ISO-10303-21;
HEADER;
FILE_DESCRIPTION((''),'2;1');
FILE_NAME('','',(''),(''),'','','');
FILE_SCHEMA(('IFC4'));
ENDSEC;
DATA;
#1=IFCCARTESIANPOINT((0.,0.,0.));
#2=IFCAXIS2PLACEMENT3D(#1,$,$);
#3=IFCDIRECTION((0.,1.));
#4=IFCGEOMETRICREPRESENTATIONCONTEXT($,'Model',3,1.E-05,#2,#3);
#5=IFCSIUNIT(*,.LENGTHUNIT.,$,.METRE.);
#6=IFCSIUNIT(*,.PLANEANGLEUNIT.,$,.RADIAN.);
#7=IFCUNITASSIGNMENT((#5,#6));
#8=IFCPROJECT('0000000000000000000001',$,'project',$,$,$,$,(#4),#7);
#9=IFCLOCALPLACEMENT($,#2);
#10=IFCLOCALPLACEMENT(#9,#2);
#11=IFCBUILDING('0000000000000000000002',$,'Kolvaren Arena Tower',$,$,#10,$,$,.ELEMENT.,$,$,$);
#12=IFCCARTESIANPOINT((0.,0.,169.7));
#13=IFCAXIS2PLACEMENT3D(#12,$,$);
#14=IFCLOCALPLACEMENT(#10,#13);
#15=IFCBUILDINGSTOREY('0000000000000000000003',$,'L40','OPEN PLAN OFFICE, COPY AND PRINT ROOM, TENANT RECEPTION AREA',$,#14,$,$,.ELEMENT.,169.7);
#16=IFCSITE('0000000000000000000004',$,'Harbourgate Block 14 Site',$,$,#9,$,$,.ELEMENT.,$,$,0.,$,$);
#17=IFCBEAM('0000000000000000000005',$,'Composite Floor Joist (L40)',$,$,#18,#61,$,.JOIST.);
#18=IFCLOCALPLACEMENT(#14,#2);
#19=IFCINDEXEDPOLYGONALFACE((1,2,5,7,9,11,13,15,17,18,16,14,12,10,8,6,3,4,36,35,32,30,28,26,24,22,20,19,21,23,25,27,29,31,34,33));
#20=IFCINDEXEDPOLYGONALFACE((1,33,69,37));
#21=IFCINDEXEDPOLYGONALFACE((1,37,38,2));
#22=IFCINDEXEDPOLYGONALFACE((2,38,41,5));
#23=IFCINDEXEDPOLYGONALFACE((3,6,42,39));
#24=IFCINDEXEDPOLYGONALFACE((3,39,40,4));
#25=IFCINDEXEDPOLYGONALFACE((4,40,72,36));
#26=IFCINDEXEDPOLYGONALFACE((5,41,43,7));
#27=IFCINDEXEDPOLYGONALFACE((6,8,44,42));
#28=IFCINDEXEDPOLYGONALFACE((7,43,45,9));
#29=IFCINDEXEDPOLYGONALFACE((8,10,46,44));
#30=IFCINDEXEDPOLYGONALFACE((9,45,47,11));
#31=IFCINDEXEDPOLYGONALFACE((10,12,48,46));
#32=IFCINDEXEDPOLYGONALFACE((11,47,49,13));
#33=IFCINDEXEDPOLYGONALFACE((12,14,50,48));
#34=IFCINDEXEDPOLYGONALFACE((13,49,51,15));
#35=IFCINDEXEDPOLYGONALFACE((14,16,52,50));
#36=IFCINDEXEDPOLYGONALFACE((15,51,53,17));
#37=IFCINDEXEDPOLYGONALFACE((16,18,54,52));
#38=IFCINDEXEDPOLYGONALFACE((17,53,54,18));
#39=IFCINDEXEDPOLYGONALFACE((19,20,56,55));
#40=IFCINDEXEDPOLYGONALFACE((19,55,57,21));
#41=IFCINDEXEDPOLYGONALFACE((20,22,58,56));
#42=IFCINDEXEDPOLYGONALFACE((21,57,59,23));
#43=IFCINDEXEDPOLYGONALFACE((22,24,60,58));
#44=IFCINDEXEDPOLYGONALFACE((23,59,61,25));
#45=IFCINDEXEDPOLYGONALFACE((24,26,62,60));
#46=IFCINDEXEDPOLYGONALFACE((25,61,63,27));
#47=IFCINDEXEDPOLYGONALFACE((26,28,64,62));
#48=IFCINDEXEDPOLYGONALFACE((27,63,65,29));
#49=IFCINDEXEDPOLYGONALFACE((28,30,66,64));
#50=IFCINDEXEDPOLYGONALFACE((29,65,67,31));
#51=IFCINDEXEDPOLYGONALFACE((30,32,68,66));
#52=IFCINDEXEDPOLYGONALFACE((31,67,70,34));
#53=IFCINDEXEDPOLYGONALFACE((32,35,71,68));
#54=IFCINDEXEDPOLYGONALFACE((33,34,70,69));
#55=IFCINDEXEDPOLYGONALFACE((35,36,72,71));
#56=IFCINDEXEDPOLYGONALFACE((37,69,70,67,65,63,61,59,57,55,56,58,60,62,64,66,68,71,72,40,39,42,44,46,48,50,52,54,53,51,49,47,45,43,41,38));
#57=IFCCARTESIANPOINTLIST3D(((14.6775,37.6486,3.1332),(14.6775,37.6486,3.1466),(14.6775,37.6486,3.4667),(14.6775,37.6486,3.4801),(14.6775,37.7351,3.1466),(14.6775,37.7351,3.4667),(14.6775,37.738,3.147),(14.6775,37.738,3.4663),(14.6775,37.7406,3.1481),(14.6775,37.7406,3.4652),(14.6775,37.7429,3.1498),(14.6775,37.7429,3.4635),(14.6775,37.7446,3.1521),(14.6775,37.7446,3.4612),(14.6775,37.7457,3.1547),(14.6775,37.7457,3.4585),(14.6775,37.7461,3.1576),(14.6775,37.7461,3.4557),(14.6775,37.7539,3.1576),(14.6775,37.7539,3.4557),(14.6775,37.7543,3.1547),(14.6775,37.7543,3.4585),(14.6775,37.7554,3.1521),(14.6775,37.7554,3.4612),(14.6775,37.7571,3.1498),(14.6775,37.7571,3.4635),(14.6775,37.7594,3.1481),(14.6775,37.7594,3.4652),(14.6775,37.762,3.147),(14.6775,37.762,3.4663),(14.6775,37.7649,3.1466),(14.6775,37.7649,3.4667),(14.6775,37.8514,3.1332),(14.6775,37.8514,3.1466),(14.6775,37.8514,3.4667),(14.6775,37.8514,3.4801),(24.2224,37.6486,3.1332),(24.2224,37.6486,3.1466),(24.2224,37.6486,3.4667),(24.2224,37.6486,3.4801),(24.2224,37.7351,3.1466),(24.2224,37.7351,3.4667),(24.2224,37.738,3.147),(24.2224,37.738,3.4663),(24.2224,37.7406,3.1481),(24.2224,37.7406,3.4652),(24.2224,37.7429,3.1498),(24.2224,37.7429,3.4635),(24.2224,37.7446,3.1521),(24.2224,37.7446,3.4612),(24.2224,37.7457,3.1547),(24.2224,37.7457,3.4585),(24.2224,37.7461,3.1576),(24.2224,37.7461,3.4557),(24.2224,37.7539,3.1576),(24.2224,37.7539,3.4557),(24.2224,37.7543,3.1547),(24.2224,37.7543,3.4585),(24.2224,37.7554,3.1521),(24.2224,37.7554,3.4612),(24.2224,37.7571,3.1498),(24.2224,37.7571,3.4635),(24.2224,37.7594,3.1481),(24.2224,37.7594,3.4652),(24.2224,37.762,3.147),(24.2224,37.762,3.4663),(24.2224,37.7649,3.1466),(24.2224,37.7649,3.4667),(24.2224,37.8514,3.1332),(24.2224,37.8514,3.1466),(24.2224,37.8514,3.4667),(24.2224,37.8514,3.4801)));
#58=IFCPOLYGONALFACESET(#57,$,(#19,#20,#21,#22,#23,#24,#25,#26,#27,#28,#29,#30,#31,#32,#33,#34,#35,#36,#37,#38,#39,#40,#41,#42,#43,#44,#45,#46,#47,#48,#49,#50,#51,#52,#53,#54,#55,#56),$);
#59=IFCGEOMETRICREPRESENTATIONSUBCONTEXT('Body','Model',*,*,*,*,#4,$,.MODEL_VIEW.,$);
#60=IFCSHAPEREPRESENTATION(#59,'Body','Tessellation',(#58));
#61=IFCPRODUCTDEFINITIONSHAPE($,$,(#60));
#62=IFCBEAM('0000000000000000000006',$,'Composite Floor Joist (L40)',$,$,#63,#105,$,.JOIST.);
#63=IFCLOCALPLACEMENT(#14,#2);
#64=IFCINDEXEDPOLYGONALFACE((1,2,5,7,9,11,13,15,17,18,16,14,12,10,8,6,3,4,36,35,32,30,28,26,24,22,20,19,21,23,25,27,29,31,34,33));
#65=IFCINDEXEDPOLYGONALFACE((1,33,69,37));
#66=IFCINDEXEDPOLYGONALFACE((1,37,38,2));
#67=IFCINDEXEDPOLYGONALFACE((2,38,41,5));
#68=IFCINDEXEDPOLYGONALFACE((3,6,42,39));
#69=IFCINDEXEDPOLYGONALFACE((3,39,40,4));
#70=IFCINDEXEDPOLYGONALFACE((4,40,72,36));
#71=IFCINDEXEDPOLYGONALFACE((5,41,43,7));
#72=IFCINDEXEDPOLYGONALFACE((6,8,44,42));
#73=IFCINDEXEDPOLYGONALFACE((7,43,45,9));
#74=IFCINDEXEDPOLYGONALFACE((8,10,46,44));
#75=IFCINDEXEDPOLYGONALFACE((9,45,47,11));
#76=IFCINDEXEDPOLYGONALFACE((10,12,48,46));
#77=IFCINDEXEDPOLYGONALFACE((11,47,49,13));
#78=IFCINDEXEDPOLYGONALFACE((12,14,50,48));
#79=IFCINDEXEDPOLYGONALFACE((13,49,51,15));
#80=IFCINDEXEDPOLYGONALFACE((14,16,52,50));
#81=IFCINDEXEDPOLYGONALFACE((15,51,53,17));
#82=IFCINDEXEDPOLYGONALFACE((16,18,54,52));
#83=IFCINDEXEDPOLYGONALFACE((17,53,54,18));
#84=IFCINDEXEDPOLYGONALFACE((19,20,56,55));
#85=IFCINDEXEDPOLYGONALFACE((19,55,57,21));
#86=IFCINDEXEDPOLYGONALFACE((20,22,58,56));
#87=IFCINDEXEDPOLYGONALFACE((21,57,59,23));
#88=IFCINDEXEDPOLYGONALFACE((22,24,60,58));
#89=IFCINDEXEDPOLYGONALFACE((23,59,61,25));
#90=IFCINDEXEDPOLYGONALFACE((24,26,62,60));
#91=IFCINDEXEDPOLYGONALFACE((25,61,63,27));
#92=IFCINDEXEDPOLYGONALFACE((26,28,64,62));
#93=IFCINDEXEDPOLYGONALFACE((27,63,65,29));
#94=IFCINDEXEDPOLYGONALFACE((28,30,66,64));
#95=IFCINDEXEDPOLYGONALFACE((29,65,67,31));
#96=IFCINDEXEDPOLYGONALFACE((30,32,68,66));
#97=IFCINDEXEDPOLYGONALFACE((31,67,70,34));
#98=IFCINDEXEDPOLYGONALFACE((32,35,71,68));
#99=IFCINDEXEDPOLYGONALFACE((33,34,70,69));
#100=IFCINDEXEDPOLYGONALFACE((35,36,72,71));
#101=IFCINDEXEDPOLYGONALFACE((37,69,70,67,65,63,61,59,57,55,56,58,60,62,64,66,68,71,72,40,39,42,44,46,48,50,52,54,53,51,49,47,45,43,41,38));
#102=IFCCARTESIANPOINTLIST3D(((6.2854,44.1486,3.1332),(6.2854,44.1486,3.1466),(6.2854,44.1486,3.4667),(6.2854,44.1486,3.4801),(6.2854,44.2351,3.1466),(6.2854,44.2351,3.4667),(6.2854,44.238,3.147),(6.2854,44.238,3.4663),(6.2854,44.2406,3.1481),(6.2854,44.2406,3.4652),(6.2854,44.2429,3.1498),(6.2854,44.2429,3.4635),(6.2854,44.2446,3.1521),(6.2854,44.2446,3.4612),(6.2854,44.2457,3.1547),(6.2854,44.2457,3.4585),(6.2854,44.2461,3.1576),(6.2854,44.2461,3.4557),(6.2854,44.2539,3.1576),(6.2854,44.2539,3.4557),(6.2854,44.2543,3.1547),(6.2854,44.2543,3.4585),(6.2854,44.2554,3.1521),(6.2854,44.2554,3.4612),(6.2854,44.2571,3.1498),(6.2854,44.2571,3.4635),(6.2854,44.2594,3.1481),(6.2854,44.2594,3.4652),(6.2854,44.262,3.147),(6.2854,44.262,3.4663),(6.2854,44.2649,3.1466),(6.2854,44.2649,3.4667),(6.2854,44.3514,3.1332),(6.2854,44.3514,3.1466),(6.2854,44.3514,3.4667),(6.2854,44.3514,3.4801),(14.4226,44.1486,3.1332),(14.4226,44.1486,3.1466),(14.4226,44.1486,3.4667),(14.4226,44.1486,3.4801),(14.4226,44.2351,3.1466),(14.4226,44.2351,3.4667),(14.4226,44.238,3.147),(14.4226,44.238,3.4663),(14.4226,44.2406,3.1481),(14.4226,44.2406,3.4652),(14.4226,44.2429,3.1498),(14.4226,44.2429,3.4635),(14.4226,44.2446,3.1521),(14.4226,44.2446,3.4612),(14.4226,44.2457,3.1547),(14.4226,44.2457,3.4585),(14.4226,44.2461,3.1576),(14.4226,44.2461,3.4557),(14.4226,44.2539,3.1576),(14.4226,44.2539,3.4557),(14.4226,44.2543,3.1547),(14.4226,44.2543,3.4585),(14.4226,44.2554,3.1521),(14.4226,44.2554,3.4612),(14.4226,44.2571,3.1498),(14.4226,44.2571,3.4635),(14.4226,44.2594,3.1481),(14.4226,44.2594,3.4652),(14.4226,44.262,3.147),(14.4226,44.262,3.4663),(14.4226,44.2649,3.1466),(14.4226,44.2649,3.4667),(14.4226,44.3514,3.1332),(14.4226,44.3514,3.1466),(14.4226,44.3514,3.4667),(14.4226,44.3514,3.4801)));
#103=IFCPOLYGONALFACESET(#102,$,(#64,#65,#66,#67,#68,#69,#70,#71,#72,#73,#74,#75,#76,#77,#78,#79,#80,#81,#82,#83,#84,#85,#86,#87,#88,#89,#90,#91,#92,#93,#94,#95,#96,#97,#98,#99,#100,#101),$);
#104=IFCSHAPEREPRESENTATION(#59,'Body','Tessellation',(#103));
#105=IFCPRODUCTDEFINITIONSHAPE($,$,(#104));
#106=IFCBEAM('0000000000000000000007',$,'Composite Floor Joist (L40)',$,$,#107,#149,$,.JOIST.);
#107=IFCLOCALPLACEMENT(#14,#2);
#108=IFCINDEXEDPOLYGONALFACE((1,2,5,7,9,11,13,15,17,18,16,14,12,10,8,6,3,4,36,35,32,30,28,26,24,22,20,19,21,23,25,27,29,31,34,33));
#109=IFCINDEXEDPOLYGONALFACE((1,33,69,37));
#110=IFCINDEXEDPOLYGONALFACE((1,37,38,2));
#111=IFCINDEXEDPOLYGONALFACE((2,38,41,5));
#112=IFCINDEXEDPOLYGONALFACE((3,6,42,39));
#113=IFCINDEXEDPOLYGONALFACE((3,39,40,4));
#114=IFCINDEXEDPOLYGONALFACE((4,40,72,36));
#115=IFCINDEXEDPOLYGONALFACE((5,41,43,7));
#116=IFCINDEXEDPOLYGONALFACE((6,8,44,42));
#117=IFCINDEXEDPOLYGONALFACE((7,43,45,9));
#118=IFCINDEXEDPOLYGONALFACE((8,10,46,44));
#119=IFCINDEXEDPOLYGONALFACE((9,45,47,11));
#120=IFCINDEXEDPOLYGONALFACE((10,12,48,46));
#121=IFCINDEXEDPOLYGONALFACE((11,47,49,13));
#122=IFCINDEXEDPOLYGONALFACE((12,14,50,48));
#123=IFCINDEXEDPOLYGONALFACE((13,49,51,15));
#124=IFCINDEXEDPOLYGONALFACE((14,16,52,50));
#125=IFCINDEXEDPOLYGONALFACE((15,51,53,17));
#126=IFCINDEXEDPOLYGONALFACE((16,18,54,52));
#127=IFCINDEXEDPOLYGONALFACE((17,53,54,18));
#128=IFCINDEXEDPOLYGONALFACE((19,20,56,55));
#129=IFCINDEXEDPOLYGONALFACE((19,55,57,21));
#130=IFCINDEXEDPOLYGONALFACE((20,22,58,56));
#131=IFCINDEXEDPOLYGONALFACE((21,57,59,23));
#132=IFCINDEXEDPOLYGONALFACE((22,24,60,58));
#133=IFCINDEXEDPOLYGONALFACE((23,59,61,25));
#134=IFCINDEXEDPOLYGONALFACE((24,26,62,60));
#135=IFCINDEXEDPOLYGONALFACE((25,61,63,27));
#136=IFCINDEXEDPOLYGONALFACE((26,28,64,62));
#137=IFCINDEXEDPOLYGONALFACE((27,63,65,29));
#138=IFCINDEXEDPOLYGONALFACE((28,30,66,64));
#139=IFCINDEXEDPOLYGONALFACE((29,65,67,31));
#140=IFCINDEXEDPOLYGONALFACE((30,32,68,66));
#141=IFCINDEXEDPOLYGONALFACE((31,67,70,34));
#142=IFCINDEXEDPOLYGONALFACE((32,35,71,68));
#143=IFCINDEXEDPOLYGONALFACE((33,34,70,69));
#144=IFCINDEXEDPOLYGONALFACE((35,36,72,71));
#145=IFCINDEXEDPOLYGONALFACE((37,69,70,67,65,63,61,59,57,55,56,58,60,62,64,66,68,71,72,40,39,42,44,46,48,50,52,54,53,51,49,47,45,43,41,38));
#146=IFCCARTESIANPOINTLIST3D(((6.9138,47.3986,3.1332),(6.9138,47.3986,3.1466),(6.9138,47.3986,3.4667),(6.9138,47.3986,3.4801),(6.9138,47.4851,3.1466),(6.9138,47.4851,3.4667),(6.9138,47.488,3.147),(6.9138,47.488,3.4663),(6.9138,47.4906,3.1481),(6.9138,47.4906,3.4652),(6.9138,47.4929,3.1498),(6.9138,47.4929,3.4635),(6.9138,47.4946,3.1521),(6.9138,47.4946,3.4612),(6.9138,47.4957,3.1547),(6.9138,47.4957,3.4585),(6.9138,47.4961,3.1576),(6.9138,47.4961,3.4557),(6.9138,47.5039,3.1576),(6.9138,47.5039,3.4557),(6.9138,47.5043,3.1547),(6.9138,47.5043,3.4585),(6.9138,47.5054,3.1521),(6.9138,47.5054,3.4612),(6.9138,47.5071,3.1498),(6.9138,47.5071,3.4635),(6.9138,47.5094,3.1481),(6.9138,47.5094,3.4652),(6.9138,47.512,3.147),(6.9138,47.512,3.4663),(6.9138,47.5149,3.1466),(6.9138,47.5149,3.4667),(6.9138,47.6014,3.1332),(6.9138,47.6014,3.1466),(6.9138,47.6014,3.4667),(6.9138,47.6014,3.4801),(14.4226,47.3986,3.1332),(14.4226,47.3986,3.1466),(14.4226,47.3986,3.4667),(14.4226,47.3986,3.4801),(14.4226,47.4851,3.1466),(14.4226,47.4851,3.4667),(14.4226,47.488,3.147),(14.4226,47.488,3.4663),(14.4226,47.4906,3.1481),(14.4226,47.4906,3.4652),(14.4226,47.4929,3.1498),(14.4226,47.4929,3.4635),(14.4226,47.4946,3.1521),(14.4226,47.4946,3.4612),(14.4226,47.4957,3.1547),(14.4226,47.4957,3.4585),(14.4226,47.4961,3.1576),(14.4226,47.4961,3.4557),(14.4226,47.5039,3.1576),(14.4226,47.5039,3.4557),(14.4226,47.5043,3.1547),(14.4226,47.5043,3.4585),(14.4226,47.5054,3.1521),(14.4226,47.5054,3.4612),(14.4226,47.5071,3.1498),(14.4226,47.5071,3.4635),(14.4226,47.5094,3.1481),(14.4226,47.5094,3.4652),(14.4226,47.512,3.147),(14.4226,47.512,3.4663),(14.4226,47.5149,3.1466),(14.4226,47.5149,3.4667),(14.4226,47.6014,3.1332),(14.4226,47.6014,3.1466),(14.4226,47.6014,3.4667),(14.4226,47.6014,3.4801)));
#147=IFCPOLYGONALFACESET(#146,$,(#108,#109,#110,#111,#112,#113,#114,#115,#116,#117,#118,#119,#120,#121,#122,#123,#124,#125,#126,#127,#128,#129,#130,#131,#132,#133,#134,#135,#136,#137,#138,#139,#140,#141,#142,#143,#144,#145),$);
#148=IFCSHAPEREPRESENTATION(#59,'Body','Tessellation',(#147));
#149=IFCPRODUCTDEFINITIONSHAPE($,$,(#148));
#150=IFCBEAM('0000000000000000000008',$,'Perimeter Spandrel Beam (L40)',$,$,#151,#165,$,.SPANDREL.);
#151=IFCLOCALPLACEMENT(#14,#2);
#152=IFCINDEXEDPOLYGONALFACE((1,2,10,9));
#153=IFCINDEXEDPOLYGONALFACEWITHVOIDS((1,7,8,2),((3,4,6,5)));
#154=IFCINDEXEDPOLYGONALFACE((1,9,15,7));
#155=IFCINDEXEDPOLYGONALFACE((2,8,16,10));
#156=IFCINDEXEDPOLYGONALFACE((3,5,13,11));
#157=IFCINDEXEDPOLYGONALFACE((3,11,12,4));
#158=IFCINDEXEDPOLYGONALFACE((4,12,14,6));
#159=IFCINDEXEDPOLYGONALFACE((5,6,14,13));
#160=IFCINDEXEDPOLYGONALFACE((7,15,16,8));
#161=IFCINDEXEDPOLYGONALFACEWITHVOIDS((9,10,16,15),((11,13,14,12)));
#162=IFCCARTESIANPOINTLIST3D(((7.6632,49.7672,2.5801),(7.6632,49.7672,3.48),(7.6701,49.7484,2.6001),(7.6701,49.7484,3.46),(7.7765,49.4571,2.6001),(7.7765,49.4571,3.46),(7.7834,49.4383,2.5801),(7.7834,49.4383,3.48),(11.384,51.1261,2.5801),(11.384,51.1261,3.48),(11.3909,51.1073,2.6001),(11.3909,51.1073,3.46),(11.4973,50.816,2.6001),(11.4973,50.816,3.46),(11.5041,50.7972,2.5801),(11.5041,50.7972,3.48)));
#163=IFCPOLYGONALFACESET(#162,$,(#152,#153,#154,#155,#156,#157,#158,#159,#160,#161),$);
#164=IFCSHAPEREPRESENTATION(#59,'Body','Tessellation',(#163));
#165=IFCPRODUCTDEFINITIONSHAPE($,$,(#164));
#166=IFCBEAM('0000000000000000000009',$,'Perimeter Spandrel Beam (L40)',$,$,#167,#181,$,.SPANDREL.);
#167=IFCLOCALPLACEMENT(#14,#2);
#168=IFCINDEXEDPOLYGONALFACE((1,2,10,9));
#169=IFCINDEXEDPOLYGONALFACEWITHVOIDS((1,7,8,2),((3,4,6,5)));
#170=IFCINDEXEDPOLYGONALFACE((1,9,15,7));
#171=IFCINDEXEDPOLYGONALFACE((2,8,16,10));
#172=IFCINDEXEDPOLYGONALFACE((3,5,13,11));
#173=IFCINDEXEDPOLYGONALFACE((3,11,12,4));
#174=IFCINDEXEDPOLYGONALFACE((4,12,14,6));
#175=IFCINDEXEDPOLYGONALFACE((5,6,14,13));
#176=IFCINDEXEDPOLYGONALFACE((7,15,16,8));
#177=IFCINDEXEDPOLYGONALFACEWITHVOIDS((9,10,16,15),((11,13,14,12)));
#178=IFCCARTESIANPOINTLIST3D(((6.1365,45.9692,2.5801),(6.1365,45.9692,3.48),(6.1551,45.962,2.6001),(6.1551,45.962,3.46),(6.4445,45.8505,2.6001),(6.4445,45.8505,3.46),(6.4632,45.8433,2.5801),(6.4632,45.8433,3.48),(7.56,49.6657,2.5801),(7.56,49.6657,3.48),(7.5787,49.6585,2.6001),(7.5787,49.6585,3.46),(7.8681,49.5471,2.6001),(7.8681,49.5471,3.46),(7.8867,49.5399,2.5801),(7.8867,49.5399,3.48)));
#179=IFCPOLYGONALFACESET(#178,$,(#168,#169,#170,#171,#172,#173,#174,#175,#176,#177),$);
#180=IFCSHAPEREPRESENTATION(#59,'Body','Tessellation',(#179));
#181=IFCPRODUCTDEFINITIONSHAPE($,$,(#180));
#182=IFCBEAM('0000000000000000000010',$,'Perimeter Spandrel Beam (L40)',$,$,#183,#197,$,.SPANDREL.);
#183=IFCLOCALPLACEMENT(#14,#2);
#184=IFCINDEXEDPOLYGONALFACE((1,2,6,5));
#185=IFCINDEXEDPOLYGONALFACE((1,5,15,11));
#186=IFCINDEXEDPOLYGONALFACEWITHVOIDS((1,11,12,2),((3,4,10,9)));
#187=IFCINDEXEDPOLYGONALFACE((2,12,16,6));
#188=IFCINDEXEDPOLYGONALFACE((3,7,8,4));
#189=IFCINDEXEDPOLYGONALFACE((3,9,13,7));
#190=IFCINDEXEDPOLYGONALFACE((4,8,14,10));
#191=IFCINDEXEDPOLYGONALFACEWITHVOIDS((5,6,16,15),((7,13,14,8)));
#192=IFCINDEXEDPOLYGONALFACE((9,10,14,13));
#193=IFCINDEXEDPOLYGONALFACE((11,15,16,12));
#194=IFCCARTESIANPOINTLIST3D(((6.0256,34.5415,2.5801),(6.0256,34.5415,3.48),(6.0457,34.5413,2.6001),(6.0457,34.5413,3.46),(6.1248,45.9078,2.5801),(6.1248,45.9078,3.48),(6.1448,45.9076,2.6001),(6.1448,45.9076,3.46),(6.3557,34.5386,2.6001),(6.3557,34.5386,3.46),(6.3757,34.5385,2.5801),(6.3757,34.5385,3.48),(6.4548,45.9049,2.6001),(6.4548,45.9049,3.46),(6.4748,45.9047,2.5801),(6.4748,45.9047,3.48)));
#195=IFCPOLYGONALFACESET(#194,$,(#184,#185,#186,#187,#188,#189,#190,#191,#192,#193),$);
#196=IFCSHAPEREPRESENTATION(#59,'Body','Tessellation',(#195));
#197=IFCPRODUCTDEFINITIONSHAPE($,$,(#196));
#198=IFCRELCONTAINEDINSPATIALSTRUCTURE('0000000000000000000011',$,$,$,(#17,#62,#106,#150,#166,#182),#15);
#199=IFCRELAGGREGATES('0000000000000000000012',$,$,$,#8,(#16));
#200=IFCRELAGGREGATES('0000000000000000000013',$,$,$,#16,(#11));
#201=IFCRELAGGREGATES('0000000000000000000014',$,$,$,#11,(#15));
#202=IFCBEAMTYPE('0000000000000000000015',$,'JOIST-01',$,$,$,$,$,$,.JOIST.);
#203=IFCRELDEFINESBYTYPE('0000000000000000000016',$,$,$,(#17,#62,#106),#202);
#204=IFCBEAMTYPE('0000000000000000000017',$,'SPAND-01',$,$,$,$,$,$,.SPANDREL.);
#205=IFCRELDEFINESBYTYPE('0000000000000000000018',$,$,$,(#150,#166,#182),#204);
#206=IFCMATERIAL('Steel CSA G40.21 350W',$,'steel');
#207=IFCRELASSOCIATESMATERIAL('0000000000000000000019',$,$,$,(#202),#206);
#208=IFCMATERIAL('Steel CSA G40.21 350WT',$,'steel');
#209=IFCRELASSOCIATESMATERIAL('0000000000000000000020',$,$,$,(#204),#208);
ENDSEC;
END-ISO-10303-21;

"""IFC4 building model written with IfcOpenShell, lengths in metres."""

from ifc_helpers import new_model, si_unit, direction, frame, origin, origin_2d, place, context, subcontext, project, spatial, hollow_rectangle, i_section, extrude, material, material_profile, profile_set, type_object, element, save


model = new_model("IFC4")

# Units and contexts
model_context = context("Model", 3, precision=1e-05, world=origin(), true_north=direction((0.0, 1.0)))
body_context = subcontext(model_context, "Body", "Model", "MODEL_VIEW")
ifc_project = project(units=[si_unit("LENGTHUNIT", "METRE"), si_unit("PLANEANGLEUNIT", "RADIAN")], contexts=[model_context])

# Site, building, storey
site_placement = place(None, origin())
site = spatial("IfcSite", under=ifc_project, at=site_placement, Name="Harbourgate Block 14 Site", CompositionType="ELEMENT", RefElevation=0.0)
building_placement = place(site_placement, origin())
building = spatial("IfcBuilding", under=site, at=building_placement, Name="Kolvaren Arena Tower", CompositionType="ELEMENT")
storey_placement = place(building_placement, frame((0.0, 0.0, 169.7)))
storey = spatial("IfcBuildingStorey", under=building, at=storey_placement, Name="L40", Description="OPEN PLAN OFFICE, COPY AND PRINT ROOM, TENANT RECEPTION AREA", CompositionType="ELEMENT", Elevation=169.7)

# Beams
ifc_material_1 = material(Name="Steel CSA G40.21 350W", Category="steel")
ifc_material_profile_1 = material_profile(ifc_material_1, i_section(OverallWidth=0.2029, OverallDepth=0.3469, WebThickness=0.0078, FlangeThickness=0.0134, FilletRadius=0.011, at=origin_2d()), Name="W360x64")
ifc_profile_set_1 = profile_set([ifc_material_profile_1], Name="Steel CSA G40.21 350W")
beam_type_1 = type_object("IfcBeamType", Name="JOIST-01", PredefinedType="JOIST", material=ifc_profile_set_1)
beam_1_placement = place(storey_placement, frame((14.6775, 37.75, 3.3066), z_axis=(1.0, 0.0, 0.0), x_axis=(0.0, 1.0, 0.0)))
element("IfcBeam", 1, at=beam_1_placement, inside=storey, type_object=beam_type_1, Name="Composite Floor Joist (L40)", PredefinedType="JOIST", context=body_context, shape_type="SweptSolid", body=[
    extrude(i_section(OverallWidth=0.2029, OverallDepth=0.3469, WebThickness=0.0078, FlangeThickness=0.0134, FilletRadius=0.011, at=origin_2d()), origin(), (0.0, 0.0, 1.0), 9.5449),
])
beam_2_placement = place(storey_placement, frame((6.2854, 44.25, 3.3066), z_axis=(1.0, 0.0, 0.0), x_axis=(0.0, 1.0, 0.0)))
element("IfcBeam", 2, at=beam_2_placement, inside=storey, type_object=beam_type_1, Name="Composite Floor Joist (L40)", PredefinedType="JOIST", context=body_context, shape_type="SweptSolid", body=[
    extrude(i_section(OverallWidth=0.2029, OverallDepth=0.3469, WebThickness=0.0078, FlangeThickness=0.0134, FilletRadius=0.011, at=origin_2d()), origin(), (0.0, 0.0, 1.0), 8.1372),
])
beam_3_placement = place(storey_placement, frame((6.9138, 47.5, 3.3066), z_axis=(1.0, 0.0, 0.0), x_axis=(0.0, 1.0, 0.0)))
element("IfcBeam", 3, at=beam_3_placement, inside=storey, type_object=beam_type_1, Name="Composite Floor Joist (L40)", PredefinedType="JOIST", context=body_context, shape_type="SweptSolid", body=[
    extrude(i_section(OverallWidth=0.2029, OverallDepth=0.3469, WebThickness=0.0078, FlangeThickness=0.0134, FilletRadius=0.011, at=origin_2d()), origin(), (0.0, 0.0, 1.0), 7.5088),
])
ifc_material_2 = material(Name="Steel CSA G40.21 350WT", Category="steel")
ifc_material_profile_2 = material_profile(ifc_material_2, hollow_rectangle(XDim=0.3501, YDim=0.8999, WallThickness=0.02, at=origin_2d()), Name="HSS 900x350x20")
ifc_profile_set_2 = profile_set([ifc_material_profile_2], Name="Steel CSA G40.21 350WT")
beam_type_2 = type_object("IfcBeamType", Name="SPAND-01", PredefinedType="SPANDREL", material=ifc_profile_set_2)
for number, where, z_axis, x_axis, name in (
    (4, (11.4441, 50.9617, 3.03), (-0.939314, -0.343059, 0.0), (0.343059, -0.939314, 0.0), "Perimeter Spandrel Beam (L40)"),
    (5, (7.7234, 49.6028, 3.03), (-0.359384, -0.93319, 0.0), (0.93319, -0.359384, 0.0), "Perimeter Spandrel Beam (L40)"),
):
    element("IfcBeam", number, at=place(storey_placement, frame(where, z_axis=z_axis, x_axis=x_axis)), inside=storey, type_object=beam_type_2, Name=name, PredefinedType="SPANDREL", context=body_context, shape_type="SweptSolid", body=[
        extrude(hollow_rectangle(XDim=0.3501, YDim=0.8999, WallThickness=0.02, at=origin_2d()), origin(), (0.0, 0.0, 1.0), 3.9612),
    ])
for number, where, z_axis, x_axis, name in (
    (6, (6.2998, 45.9062, 3.03), (-0.00872, -0.999962, 0.0), (0.999962, -0.00872, 0.0), "Perimeter Spandrel Beam (L40)"),
):
    element("IfcBeam", number, at=place(storey_placement, frame(where, z_axis=z_axis, x_axis=x_axis)), inside=storey, type_object=beam_type_2, Name=name, PredefinedType="SPANDREL", context=body_context, shape_type="SweptSolid", body=[
        extrude(hollow_rectangle(XDim=0.3501, YDim=0.8999, WallThickness=0.02, at=origin_2d()), origin(), (0.0, 0.0, 1.0), 11.3667),
    ])

save(model, "model.ifc")
